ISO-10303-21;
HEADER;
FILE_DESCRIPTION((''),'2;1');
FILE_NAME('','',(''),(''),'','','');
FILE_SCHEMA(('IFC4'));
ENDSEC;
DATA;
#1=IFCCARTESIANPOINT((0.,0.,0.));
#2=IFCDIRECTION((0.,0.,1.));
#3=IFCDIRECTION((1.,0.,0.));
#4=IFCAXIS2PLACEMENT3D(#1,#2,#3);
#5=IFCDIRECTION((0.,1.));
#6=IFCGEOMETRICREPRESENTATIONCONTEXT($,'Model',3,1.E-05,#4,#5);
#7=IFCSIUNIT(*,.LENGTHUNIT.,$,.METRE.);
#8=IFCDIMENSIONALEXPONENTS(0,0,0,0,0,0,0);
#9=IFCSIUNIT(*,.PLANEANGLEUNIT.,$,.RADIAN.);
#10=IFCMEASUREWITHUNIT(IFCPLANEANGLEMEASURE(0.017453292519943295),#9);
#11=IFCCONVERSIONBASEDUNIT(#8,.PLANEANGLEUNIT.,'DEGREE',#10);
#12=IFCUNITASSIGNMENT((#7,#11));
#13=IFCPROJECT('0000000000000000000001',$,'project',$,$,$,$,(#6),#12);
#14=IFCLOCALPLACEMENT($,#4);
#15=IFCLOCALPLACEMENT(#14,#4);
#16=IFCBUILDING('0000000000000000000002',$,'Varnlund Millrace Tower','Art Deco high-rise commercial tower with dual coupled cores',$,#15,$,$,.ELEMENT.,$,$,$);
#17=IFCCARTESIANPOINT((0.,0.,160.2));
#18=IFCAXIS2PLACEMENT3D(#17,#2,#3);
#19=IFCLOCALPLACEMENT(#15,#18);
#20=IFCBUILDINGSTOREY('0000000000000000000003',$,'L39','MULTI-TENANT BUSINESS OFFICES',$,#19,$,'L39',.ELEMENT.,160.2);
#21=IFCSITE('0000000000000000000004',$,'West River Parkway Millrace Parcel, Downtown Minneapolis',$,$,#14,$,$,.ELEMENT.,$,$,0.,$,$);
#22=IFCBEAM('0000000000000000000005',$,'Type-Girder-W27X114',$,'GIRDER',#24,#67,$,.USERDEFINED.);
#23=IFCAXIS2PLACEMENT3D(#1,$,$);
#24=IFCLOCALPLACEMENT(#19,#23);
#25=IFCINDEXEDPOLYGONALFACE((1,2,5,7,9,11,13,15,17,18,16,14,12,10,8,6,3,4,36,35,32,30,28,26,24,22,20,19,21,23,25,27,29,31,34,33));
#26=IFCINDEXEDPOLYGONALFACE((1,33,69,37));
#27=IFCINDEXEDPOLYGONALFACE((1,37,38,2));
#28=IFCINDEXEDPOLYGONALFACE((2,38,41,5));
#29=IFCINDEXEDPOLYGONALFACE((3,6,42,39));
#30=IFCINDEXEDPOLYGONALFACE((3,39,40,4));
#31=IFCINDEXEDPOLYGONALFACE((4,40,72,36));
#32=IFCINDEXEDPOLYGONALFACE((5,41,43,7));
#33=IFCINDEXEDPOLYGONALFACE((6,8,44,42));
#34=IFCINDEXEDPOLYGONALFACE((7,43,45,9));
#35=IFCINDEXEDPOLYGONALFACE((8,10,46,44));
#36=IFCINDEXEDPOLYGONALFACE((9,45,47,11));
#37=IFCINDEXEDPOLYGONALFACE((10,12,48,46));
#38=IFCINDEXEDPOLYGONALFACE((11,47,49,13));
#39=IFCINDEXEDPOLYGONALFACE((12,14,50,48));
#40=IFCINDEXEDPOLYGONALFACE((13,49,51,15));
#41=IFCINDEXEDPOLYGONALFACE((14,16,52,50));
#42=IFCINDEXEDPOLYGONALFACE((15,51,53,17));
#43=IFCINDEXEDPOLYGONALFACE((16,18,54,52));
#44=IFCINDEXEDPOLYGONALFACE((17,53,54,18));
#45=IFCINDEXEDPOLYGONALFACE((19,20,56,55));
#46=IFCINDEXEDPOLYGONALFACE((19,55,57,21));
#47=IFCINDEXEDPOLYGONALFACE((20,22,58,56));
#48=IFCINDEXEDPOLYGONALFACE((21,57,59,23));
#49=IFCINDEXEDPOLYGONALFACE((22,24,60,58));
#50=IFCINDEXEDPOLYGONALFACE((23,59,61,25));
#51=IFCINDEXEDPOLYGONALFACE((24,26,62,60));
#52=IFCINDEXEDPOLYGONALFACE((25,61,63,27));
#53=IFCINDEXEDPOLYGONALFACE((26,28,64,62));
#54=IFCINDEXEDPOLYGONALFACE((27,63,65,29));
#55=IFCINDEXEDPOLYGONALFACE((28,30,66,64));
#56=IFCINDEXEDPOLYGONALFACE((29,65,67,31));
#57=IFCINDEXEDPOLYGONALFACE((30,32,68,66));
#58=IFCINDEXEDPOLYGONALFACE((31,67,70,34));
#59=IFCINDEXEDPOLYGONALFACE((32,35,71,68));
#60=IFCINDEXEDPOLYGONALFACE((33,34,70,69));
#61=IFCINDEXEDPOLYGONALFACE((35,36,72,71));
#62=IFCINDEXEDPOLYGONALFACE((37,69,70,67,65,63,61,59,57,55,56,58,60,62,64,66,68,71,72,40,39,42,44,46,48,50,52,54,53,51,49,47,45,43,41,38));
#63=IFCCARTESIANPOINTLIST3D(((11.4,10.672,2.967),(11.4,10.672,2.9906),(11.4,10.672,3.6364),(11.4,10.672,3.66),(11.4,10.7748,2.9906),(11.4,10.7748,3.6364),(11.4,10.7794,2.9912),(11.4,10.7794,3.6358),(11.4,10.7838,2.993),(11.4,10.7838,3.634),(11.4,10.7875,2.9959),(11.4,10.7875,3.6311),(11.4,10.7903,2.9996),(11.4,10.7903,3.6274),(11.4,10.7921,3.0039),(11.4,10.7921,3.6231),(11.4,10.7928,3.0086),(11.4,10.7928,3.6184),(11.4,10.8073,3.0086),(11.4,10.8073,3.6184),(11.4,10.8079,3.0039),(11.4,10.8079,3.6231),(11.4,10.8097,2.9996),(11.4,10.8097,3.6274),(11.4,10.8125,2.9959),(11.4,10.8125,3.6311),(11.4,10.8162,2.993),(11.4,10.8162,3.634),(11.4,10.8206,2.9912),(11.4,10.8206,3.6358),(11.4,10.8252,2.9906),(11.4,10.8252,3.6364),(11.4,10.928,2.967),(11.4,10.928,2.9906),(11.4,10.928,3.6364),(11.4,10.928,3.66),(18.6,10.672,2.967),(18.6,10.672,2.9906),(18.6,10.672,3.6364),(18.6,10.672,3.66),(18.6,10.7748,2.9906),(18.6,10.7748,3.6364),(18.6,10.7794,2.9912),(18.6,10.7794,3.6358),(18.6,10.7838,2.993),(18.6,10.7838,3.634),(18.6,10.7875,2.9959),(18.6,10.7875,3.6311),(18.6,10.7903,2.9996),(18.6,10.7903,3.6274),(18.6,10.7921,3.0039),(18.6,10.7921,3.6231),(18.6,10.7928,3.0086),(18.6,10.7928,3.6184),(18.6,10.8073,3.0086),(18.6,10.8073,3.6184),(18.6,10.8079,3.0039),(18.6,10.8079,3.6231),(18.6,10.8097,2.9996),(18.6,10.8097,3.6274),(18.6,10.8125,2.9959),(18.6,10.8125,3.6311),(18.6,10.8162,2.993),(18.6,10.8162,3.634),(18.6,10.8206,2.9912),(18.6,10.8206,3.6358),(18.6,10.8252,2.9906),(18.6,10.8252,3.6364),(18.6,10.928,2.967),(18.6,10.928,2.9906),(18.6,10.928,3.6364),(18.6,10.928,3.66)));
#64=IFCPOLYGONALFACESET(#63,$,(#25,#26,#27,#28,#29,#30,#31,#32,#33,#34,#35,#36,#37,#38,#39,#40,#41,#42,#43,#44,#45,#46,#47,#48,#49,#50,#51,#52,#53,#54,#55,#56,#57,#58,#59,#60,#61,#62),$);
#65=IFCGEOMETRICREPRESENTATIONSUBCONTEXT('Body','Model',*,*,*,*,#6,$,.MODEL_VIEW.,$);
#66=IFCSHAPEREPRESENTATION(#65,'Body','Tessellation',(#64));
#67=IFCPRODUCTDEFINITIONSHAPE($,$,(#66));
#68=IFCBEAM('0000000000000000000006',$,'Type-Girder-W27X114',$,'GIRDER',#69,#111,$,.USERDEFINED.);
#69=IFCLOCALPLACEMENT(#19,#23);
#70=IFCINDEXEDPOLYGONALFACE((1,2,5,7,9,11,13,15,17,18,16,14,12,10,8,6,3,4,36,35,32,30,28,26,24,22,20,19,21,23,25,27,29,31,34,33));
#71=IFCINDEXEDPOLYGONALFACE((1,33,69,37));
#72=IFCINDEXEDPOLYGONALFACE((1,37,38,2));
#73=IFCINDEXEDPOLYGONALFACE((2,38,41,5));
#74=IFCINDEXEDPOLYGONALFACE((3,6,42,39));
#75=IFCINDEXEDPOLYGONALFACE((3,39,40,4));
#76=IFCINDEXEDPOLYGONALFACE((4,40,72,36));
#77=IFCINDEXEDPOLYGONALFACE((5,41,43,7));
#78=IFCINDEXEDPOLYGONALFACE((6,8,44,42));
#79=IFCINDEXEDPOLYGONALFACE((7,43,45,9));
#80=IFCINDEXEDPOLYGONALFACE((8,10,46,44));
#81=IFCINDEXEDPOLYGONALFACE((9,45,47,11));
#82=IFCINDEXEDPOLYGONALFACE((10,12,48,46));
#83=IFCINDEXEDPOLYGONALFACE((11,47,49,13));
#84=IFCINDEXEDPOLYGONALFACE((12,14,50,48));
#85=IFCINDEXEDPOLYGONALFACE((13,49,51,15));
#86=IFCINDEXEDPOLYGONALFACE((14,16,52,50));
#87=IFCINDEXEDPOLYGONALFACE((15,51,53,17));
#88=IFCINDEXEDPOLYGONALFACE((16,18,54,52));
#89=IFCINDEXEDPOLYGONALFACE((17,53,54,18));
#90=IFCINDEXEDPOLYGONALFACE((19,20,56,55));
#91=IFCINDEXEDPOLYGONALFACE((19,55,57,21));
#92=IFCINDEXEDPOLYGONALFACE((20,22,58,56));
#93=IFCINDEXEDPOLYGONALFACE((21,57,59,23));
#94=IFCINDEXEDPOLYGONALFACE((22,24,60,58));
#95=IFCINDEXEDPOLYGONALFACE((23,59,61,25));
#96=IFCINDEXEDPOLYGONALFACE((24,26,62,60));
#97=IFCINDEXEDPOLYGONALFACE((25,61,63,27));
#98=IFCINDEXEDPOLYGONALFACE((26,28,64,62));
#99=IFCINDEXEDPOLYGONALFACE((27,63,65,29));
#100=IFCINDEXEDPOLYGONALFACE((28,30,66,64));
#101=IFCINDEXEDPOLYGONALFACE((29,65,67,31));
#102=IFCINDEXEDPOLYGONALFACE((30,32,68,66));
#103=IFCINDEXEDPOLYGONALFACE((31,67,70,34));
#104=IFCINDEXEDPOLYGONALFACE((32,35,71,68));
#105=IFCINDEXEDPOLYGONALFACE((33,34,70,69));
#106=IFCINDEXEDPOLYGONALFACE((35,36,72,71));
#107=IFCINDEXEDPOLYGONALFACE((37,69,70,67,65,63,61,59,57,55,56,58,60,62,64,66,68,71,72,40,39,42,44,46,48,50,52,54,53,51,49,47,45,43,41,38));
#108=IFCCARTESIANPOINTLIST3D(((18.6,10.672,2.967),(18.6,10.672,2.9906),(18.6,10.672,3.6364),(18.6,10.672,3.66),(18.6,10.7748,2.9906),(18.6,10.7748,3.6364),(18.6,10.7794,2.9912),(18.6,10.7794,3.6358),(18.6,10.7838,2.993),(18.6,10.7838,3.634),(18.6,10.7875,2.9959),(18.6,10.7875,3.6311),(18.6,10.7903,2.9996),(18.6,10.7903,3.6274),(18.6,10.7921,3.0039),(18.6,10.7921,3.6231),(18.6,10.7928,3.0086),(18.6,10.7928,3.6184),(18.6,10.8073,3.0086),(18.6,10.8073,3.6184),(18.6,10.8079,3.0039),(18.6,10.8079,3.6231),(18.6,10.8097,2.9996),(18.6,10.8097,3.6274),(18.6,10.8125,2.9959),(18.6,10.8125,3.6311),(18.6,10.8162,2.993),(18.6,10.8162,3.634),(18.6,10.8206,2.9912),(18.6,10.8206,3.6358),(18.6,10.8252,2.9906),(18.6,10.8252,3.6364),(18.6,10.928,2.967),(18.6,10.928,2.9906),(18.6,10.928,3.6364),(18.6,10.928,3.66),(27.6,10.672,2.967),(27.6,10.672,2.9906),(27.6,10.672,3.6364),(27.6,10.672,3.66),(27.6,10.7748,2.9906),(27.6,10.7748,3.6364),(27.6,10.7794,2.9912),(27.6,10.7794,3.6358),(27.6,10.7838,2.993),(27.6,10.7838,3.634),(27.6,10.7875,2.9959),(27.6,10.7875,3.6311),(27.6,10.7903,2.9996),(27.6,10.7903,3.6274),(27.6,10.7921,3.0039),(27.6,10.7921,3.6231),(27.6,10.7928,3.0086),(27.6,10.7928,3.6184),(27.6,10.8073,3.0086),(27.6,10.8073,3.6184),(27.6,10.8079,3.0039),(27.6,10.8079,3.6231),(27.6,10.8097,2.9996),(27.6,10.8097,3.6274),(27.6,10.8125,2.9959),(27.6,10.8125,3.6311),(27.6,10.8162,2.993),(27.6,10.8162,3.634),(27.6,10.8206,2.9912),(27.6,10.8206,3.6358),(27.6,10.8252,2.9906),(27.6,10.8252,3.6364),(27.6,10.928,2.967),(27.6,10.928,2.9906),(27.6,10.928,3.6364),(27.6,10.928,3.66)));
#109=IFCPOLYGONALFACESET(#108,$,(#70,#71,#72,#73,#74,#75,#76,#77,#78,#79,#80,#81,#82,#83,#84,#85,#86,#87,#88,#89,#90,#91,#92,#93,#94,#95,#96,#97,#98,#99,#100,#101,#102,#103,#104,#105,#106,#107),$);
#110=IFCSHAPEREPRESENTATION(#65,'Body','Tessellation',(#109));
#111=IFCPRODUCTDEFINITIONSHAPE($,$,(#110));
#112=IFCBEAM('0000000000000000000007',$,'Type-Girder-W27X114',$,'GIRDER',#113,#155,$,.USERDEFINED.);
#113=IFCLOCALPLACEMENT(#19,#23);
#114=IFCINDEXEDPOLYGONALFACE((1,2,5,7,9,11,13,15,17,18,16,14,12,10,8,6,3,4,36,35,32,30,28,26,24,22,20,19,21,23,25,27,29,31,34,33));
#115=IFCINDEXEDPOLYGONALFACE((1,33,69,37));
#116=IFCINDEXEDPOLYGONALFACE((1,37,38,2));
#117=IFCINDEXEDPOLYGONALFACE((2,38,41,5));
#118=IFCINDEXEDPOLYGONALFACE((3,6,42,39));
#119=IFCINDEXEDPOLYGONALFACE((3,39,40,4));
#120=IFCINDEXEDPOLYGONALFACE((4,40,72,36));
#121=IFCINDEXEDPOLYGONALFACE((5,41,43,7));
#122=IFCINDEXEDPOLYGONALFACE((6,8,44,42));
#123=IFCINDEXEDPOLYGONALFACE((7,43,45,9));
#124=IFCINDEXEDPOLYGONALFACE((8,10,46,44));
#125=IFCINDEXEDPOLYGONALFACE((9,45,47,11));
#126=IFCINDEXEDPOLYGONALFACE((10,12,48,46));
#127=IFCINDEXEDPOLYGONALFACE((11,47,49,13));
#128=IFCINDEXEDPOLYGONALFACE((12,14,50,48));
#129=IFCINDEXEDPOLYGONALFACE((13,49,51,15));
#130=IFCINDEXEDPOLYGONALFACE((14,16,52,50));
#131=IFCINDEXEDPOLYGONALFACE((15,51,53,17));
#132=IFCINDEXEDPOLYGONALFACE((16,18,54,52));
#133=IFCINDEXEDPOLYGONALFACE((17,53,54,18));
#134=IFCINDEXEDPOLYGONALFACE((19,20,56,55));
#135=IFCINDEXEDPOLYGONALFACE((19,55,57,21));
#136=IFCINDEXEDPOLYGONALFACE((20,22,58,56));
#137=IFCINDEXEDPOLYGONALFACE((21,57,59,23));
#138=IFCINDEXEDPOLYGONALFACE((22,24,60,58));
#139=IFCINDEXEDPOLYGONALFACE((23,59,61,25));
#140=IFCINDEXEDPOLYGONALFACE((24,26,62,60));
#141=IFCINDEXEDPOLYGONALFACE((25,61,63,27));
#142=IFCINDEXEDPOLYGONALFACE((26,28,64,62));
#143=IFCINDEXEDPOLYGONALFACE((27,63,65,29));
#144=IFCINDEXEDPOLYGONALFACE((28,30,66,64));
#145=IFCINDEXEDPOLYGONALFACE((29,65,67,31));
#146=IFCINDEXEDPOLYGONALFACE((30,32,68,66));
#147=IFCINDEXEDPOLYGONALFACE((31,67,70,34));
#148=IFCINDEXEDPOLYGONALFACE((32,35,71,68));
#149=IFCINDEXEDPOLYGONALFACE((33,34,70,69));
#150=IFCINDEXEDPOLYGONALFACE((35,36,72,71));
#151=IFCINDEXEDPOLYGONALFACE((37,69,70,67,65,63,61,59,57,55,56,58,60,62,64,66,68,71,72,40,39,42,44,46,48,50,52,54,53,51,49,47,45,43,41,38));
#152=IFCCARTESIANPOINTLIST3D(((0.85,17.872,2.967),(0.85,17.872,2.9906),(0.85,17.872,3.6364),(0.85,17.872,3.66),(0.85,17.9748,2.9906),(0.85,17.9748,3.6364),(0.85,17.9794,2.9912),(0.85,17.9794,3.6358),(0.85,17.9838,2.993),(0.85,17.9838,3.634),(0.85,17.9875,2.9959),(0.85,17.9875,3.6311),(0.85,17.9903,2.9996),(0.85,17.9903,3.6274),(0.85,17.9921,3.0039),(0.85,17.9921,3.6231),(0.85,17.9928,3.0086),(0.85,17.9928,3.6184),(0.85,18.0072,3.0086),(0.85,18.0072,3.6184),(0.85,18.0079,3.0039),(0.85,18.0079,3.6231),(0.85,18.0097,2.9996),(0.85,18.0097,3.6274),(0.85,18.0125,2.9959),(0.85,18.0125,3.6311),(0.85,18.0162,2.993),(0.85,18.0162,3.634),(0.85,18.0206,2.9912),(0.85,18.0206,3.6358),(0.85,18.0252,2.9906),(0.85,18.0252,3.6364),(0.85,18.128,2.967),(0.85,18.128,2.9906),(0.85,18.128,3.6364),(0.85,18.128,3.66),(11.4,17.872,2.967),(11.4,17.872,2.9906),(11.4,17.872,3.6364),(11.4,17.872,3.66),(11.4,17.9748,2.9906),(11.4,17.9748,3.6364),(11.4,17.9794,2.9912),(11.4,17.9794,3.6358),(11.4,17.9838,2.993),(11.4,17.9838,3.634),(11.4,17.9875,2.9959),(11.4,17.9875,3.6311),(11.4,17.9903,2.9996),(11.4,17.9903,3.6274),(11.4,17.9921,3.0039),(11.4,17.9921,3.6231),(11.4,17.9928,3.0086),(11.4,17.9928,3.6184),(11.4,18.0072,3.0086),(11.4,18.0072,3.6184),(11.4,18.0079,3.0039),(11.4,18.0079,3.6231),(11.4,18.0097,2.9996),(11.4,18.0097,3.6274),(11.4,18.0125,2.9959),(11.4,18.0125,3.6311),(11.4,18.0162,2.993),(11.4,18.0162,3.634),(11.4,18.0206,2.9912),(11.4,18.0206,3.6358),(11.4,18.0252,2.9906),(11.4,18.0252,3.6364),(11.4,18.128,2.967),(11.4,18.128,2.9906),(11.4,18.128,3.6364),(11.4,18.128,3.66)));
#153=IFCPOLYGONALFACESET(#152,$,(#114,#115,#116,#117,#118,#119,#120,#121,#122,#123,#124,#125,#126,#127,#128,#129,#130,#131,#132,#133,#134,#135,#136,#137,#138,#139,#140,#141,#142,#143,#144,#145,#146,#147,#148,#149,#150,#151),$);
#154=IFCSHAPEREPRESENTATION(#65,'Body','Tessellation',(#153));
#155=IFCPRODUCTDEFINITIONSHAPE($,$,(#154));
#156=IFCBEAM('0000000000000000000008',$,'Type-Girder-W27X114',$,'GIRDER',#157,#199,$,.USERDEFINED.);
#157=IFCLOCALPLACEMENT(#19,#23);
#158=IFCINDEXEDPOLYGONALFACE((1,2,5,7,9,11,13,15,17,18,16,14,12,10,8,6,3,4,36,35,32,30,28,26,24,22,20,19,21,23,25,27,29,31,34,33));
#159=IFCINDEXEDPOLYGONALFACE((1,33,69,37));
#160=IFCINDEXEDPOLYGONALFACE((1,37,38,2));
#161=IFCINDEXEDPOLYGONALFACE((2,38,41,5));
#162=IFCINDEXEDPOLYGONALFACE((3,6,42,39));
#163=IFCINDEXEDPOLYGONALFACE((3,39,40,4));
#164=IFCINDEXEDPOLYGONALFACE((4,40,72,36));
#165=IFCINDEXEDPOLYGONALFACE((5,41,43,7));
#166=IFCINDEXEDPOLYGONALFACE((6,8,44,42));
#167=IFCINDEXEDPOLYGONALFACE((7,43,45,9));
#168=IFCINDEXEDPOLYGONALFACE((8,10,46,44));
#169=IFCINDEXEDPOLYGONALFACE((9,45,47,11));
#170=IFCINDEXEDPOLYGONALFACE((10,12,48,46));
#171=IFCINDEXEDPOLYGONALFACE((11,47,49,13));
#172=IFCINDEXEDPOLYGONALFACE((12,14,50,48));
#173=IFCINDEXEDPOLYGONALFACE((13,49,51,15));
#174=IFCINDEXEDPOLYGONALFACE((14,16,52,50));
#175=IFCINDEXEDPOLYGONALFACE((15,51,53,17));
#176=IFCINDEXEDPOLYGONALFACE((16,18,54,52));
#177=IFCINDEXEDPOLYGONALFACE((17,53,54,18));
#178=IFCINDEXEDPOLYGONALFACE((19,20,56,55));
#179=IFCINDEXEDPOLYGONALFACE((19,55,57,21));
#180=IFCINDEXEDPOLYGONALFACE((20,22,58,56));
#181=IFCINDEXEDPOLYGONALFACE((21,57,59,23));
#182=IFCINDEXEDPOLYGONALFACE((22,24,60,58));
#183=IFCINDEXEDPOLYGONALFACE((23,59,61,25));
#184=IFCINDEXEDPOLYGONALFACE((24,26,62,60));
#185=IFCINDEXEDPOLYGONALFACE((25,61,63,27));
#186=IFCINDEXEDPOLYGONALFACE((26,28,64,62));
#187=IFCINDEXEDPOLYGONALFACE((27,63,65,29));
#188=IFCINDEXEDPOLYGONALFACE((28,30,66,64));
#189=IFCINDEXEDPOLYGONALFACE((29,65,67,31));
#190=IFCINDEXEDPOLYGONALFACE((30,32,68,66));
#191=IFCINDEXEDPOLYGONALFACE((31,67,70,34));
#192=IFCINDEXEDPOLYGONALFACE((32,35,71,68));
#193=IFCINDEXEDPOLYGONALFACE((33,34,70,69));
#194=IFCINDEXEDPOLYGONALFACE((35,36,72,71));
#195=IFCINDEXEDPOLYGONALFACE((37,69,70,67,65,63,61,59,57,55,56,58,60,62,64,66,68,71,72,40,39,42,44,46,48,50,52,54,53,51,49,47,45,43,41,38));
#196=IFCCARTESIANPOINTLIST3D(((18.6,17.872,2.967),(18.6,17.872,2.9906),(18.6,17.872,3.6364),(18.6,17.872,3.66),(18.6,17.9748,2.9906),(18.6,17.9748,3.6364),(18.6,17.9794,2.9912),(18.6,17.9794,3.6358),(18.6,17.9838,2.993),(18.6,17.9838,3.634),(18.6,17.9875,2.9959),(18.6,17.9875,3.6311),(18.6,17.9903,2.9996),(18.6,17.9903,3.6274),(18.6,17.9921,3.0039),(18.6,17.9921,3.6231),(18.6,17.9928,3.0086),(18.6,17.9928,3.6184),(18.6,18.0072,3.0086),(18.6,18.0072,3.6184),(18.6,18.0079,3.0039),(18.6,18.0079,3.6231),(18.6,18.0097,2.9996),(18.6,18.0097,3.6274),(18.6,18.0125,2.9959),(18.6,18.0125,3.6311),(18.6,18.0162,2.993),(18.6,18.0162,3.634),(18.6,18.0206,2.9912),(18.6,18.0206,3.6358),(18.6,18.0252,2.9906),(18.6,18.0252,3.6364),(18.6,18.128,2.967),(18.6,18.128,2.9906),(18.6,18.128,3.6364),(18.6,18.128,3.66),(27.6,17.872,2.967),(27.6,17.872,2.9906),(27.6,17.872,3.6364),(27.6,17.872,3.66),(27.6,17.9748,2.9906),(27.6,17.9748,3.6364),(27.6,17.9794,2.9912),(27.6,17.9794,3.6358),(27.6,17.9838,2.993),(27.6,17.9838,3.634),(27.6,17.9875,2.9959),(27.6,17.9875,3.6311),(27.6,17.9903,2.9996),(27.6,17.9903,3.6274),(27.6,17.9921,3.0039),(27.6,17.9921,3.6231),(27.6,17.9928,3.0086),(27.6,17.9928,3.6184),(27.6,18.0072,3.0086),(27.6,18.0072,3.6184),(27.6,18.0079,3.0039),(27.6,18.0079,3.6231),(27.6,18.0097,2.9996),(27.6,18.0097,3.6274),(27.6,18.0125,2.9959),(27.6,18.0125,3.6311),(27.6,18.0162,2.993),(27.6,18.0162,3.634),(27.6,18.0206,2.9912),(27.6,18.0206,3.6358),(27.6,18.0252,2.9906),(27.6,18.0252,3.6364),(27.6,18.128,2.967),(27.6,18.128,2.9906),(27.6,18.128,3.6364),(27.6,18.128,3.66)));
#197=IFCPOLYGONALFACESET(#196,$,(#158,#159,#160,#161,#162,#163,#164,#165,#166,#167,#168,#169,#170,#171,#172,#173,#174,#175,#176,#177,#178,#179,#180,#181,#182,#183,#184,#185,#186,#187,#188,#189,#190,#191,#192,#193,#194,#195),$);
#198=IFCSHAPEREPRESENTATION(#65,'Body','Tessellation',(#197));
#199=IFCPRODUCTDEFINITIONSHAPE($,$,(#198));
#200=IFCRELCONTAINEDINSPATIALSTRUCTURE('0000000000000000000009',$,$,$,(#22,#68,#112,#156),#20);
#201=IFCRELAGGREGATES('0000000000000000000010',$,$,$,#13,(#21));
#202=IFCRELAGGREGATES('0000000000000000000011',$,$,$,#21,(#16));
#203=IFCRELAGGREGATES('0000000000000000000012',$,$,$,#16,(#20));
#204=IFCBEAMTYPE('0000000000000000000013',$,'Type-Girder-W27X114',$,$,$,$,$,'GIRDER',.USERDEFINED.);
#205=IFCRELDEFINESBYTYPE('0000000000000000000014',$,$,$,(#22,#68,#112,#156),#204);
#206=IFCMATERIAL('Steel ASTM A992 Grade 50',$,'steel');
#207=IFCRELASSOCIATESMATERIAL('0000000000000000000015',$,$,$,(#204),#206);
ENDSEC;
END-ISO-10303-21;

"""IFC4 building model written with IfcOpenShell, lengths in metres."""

from ifc_helpers import new_model, entity, si_unit, converted_unit, direction, frame, origin_with_axes, origin_2d_with_axis, place, context, subcontext, project, spatial, i_section, extrude, material, material_profile, profile_set, type_object, element, save


model = new_model("IFC4")

# Units and contexts
model_context = context("Model", 3, precision=1e-05, world=origin_with_axes(), true_north=direction((0.0, 1.0)))
body_context = subcontext(model_context, "Body", "Model", "MODEL_VIEW")
ifc_project = project(units=[si_unit("LENGTHUNIT", "METRE"), converted_unit("PLANEANGLEUNIT", "DEGREE", entity("IfcPlaneAngleMeasure", 0.017453292519943295), si_unit("PLANEANGLEUNIT", "RADIAN"), dimensions=[0, 0, 0, 0, 0, 0, 0])], contexts=[model_context])

# Site, building, storey
site_placement = place(None, origin_with_axes())
site = spatial("IfcSite", under=ifc_project, at=site_placement, Name="West River Parkway Millrace Parcel, Downtown Minneapolis", CompositionType="ELEMENT", RefElevation=0.0)
building_placement = place(site_placement, origin_with_axes())
building = spatial("IfcBuilding", under=site, at=building_placement, Name="Varnlund Millrace Tower", Description="Art Deco high-rise commercial tower with dual coupled cores", CompositionType="ELEMENT")
storey_placement = place(building_placement, frame((0.0, 0.0, 160.2), z_axis=(0.0, 0.0, 1.0), x_axis=(1.0, 0.0, 0.0)))
storey = spatial("IfcBuildingStorey", under=building, at=storey_placement, Name="L39", Description="MULTI-TENANT BUSINESS OFFICES", LongName="L39", CompositionType="ELEMENT", Elevation=160.2)

# Beams
ifc_material_1 = material(Name="Steel ASTM A992 Grade 50", Category="steel")
ifc_material_profile_1 = material_profile(ifc_material_1, i_section(OverallWidth=0.256, OverallDepth=0.693, WebThickness=0.0145, FlangeThickness=0.0236, FilletRadius=0.018, at=origin_2d_with_axis()), Name="Steel ASTM A992 Grade 50")
ifc_profile_set_1 = profile_set([ifc_material_profile_1], Name="Steel ASTM A992 Grade 50")
beam_type_1 = type_object("IfcBeamType", Name="Type-Girder-W27X114", ElementType="GIRDER", PredefinedType="USERDEFINED", material=ifc_profile_set_1)
beam_1_placement = place(storey_placement, frame((11.4, 10.8, 3.3135), z_axis=(1.0, 0.0, 0.0), x_axis=(0.0, 1.0, 0.0)))
element("IfcBeam", 1, at=beam_1_placement, inside=storey, type_object=beam_type_1, Name="Type-Girder-W27X114", ObjectType="GIRDER", PredefinedType="USERDEFINED", context=body_context, shape_type="SweptSolid", body=[
    extrude(i_section(OverallWidth=0.256, OverallDepth=0.693, WebThickness=0.0145, FlangeThickness=0.0236, FilletRadius=0.018, at=origin_2d_with_axis()), origin_with_axes(), (0.0, 0.0, 1.0), 7.2),
])
beam_2_placement = place(storey_placement, frame((18.6, 10.8, 3.3135), z_axis=(1.0, 0.0, 0.0), x_axis=(0.0, 1.0, 0.0)))
element("IfcBeam", 2, at=beam_2_placement, inside=storey, type_object=beam_type_1, Name="Type-Girder-W27X114", ObjectType="GIRDER", PredefinedType="USERDEFINED", context=body_context, shape_type="SweptSolid", body=[
    extrude(i_section(OverallWidth=0.256, OverallDepth=0.693, WebThickness=0.0145, FlangeThickness=0.0236, FilletRadius=0.018, at=origin_2d_with_axis()), origin_with_axes(), (0.0, 0.0, 1.0), 9.0),
])
beam_3_placement = place(storey_placement, frame((0.85, 18.0, 3.3135), z_axis=(1.0, 0.0, 0.0), x_axis=(0.0, 1.0, 0.0)))
element("IfcBeam", 3, at=beam_3_placement, inside=storey, type_object=beam_type_1, Name="Type-Girder-W27X114", ObjectType="GIRDER", PredefinedType="USERDEFINED", context=body_context, shape_type="SweptSolid", body=[
    extrude(i_section(OverallWidth=0.256, OverallDepth=0.693, WebThickness=0.0145, FlangeThickness=0.0236, FilletRadius=0.018, at=origin_2d_with_axis()), origin_with_axes(), (0.0, 0.0, 1.0), 10.55),
])
beam_4_placement = place(storey_placement, frame((18.6, 18.0, 3.3135), z_axis=(1.0, 0.0, 0.0), x_axis=(0.0, 1.0, 0.0)))
element("IfcBeam", 4, at=beam_4_placement, inside=storey, type_object=beam_type_1, Name="Type-Girder-W27X114", ObjectType="GIRDER", PredefinedType="USERDEFINED", context=body_context, shape_type="SweptSolid", body=[
    extrude(i_section(OverallWidth=0.256, OverallDepth=0.693, WebThickness=0.0145, FlangeThickness=0.0236, FilletRadius=0.018, at=origin_2d_with_axis()), origin_with_axes(), (0.0, 0.0, 1.0), 9.0),
])

save(model, "model.ifc")
